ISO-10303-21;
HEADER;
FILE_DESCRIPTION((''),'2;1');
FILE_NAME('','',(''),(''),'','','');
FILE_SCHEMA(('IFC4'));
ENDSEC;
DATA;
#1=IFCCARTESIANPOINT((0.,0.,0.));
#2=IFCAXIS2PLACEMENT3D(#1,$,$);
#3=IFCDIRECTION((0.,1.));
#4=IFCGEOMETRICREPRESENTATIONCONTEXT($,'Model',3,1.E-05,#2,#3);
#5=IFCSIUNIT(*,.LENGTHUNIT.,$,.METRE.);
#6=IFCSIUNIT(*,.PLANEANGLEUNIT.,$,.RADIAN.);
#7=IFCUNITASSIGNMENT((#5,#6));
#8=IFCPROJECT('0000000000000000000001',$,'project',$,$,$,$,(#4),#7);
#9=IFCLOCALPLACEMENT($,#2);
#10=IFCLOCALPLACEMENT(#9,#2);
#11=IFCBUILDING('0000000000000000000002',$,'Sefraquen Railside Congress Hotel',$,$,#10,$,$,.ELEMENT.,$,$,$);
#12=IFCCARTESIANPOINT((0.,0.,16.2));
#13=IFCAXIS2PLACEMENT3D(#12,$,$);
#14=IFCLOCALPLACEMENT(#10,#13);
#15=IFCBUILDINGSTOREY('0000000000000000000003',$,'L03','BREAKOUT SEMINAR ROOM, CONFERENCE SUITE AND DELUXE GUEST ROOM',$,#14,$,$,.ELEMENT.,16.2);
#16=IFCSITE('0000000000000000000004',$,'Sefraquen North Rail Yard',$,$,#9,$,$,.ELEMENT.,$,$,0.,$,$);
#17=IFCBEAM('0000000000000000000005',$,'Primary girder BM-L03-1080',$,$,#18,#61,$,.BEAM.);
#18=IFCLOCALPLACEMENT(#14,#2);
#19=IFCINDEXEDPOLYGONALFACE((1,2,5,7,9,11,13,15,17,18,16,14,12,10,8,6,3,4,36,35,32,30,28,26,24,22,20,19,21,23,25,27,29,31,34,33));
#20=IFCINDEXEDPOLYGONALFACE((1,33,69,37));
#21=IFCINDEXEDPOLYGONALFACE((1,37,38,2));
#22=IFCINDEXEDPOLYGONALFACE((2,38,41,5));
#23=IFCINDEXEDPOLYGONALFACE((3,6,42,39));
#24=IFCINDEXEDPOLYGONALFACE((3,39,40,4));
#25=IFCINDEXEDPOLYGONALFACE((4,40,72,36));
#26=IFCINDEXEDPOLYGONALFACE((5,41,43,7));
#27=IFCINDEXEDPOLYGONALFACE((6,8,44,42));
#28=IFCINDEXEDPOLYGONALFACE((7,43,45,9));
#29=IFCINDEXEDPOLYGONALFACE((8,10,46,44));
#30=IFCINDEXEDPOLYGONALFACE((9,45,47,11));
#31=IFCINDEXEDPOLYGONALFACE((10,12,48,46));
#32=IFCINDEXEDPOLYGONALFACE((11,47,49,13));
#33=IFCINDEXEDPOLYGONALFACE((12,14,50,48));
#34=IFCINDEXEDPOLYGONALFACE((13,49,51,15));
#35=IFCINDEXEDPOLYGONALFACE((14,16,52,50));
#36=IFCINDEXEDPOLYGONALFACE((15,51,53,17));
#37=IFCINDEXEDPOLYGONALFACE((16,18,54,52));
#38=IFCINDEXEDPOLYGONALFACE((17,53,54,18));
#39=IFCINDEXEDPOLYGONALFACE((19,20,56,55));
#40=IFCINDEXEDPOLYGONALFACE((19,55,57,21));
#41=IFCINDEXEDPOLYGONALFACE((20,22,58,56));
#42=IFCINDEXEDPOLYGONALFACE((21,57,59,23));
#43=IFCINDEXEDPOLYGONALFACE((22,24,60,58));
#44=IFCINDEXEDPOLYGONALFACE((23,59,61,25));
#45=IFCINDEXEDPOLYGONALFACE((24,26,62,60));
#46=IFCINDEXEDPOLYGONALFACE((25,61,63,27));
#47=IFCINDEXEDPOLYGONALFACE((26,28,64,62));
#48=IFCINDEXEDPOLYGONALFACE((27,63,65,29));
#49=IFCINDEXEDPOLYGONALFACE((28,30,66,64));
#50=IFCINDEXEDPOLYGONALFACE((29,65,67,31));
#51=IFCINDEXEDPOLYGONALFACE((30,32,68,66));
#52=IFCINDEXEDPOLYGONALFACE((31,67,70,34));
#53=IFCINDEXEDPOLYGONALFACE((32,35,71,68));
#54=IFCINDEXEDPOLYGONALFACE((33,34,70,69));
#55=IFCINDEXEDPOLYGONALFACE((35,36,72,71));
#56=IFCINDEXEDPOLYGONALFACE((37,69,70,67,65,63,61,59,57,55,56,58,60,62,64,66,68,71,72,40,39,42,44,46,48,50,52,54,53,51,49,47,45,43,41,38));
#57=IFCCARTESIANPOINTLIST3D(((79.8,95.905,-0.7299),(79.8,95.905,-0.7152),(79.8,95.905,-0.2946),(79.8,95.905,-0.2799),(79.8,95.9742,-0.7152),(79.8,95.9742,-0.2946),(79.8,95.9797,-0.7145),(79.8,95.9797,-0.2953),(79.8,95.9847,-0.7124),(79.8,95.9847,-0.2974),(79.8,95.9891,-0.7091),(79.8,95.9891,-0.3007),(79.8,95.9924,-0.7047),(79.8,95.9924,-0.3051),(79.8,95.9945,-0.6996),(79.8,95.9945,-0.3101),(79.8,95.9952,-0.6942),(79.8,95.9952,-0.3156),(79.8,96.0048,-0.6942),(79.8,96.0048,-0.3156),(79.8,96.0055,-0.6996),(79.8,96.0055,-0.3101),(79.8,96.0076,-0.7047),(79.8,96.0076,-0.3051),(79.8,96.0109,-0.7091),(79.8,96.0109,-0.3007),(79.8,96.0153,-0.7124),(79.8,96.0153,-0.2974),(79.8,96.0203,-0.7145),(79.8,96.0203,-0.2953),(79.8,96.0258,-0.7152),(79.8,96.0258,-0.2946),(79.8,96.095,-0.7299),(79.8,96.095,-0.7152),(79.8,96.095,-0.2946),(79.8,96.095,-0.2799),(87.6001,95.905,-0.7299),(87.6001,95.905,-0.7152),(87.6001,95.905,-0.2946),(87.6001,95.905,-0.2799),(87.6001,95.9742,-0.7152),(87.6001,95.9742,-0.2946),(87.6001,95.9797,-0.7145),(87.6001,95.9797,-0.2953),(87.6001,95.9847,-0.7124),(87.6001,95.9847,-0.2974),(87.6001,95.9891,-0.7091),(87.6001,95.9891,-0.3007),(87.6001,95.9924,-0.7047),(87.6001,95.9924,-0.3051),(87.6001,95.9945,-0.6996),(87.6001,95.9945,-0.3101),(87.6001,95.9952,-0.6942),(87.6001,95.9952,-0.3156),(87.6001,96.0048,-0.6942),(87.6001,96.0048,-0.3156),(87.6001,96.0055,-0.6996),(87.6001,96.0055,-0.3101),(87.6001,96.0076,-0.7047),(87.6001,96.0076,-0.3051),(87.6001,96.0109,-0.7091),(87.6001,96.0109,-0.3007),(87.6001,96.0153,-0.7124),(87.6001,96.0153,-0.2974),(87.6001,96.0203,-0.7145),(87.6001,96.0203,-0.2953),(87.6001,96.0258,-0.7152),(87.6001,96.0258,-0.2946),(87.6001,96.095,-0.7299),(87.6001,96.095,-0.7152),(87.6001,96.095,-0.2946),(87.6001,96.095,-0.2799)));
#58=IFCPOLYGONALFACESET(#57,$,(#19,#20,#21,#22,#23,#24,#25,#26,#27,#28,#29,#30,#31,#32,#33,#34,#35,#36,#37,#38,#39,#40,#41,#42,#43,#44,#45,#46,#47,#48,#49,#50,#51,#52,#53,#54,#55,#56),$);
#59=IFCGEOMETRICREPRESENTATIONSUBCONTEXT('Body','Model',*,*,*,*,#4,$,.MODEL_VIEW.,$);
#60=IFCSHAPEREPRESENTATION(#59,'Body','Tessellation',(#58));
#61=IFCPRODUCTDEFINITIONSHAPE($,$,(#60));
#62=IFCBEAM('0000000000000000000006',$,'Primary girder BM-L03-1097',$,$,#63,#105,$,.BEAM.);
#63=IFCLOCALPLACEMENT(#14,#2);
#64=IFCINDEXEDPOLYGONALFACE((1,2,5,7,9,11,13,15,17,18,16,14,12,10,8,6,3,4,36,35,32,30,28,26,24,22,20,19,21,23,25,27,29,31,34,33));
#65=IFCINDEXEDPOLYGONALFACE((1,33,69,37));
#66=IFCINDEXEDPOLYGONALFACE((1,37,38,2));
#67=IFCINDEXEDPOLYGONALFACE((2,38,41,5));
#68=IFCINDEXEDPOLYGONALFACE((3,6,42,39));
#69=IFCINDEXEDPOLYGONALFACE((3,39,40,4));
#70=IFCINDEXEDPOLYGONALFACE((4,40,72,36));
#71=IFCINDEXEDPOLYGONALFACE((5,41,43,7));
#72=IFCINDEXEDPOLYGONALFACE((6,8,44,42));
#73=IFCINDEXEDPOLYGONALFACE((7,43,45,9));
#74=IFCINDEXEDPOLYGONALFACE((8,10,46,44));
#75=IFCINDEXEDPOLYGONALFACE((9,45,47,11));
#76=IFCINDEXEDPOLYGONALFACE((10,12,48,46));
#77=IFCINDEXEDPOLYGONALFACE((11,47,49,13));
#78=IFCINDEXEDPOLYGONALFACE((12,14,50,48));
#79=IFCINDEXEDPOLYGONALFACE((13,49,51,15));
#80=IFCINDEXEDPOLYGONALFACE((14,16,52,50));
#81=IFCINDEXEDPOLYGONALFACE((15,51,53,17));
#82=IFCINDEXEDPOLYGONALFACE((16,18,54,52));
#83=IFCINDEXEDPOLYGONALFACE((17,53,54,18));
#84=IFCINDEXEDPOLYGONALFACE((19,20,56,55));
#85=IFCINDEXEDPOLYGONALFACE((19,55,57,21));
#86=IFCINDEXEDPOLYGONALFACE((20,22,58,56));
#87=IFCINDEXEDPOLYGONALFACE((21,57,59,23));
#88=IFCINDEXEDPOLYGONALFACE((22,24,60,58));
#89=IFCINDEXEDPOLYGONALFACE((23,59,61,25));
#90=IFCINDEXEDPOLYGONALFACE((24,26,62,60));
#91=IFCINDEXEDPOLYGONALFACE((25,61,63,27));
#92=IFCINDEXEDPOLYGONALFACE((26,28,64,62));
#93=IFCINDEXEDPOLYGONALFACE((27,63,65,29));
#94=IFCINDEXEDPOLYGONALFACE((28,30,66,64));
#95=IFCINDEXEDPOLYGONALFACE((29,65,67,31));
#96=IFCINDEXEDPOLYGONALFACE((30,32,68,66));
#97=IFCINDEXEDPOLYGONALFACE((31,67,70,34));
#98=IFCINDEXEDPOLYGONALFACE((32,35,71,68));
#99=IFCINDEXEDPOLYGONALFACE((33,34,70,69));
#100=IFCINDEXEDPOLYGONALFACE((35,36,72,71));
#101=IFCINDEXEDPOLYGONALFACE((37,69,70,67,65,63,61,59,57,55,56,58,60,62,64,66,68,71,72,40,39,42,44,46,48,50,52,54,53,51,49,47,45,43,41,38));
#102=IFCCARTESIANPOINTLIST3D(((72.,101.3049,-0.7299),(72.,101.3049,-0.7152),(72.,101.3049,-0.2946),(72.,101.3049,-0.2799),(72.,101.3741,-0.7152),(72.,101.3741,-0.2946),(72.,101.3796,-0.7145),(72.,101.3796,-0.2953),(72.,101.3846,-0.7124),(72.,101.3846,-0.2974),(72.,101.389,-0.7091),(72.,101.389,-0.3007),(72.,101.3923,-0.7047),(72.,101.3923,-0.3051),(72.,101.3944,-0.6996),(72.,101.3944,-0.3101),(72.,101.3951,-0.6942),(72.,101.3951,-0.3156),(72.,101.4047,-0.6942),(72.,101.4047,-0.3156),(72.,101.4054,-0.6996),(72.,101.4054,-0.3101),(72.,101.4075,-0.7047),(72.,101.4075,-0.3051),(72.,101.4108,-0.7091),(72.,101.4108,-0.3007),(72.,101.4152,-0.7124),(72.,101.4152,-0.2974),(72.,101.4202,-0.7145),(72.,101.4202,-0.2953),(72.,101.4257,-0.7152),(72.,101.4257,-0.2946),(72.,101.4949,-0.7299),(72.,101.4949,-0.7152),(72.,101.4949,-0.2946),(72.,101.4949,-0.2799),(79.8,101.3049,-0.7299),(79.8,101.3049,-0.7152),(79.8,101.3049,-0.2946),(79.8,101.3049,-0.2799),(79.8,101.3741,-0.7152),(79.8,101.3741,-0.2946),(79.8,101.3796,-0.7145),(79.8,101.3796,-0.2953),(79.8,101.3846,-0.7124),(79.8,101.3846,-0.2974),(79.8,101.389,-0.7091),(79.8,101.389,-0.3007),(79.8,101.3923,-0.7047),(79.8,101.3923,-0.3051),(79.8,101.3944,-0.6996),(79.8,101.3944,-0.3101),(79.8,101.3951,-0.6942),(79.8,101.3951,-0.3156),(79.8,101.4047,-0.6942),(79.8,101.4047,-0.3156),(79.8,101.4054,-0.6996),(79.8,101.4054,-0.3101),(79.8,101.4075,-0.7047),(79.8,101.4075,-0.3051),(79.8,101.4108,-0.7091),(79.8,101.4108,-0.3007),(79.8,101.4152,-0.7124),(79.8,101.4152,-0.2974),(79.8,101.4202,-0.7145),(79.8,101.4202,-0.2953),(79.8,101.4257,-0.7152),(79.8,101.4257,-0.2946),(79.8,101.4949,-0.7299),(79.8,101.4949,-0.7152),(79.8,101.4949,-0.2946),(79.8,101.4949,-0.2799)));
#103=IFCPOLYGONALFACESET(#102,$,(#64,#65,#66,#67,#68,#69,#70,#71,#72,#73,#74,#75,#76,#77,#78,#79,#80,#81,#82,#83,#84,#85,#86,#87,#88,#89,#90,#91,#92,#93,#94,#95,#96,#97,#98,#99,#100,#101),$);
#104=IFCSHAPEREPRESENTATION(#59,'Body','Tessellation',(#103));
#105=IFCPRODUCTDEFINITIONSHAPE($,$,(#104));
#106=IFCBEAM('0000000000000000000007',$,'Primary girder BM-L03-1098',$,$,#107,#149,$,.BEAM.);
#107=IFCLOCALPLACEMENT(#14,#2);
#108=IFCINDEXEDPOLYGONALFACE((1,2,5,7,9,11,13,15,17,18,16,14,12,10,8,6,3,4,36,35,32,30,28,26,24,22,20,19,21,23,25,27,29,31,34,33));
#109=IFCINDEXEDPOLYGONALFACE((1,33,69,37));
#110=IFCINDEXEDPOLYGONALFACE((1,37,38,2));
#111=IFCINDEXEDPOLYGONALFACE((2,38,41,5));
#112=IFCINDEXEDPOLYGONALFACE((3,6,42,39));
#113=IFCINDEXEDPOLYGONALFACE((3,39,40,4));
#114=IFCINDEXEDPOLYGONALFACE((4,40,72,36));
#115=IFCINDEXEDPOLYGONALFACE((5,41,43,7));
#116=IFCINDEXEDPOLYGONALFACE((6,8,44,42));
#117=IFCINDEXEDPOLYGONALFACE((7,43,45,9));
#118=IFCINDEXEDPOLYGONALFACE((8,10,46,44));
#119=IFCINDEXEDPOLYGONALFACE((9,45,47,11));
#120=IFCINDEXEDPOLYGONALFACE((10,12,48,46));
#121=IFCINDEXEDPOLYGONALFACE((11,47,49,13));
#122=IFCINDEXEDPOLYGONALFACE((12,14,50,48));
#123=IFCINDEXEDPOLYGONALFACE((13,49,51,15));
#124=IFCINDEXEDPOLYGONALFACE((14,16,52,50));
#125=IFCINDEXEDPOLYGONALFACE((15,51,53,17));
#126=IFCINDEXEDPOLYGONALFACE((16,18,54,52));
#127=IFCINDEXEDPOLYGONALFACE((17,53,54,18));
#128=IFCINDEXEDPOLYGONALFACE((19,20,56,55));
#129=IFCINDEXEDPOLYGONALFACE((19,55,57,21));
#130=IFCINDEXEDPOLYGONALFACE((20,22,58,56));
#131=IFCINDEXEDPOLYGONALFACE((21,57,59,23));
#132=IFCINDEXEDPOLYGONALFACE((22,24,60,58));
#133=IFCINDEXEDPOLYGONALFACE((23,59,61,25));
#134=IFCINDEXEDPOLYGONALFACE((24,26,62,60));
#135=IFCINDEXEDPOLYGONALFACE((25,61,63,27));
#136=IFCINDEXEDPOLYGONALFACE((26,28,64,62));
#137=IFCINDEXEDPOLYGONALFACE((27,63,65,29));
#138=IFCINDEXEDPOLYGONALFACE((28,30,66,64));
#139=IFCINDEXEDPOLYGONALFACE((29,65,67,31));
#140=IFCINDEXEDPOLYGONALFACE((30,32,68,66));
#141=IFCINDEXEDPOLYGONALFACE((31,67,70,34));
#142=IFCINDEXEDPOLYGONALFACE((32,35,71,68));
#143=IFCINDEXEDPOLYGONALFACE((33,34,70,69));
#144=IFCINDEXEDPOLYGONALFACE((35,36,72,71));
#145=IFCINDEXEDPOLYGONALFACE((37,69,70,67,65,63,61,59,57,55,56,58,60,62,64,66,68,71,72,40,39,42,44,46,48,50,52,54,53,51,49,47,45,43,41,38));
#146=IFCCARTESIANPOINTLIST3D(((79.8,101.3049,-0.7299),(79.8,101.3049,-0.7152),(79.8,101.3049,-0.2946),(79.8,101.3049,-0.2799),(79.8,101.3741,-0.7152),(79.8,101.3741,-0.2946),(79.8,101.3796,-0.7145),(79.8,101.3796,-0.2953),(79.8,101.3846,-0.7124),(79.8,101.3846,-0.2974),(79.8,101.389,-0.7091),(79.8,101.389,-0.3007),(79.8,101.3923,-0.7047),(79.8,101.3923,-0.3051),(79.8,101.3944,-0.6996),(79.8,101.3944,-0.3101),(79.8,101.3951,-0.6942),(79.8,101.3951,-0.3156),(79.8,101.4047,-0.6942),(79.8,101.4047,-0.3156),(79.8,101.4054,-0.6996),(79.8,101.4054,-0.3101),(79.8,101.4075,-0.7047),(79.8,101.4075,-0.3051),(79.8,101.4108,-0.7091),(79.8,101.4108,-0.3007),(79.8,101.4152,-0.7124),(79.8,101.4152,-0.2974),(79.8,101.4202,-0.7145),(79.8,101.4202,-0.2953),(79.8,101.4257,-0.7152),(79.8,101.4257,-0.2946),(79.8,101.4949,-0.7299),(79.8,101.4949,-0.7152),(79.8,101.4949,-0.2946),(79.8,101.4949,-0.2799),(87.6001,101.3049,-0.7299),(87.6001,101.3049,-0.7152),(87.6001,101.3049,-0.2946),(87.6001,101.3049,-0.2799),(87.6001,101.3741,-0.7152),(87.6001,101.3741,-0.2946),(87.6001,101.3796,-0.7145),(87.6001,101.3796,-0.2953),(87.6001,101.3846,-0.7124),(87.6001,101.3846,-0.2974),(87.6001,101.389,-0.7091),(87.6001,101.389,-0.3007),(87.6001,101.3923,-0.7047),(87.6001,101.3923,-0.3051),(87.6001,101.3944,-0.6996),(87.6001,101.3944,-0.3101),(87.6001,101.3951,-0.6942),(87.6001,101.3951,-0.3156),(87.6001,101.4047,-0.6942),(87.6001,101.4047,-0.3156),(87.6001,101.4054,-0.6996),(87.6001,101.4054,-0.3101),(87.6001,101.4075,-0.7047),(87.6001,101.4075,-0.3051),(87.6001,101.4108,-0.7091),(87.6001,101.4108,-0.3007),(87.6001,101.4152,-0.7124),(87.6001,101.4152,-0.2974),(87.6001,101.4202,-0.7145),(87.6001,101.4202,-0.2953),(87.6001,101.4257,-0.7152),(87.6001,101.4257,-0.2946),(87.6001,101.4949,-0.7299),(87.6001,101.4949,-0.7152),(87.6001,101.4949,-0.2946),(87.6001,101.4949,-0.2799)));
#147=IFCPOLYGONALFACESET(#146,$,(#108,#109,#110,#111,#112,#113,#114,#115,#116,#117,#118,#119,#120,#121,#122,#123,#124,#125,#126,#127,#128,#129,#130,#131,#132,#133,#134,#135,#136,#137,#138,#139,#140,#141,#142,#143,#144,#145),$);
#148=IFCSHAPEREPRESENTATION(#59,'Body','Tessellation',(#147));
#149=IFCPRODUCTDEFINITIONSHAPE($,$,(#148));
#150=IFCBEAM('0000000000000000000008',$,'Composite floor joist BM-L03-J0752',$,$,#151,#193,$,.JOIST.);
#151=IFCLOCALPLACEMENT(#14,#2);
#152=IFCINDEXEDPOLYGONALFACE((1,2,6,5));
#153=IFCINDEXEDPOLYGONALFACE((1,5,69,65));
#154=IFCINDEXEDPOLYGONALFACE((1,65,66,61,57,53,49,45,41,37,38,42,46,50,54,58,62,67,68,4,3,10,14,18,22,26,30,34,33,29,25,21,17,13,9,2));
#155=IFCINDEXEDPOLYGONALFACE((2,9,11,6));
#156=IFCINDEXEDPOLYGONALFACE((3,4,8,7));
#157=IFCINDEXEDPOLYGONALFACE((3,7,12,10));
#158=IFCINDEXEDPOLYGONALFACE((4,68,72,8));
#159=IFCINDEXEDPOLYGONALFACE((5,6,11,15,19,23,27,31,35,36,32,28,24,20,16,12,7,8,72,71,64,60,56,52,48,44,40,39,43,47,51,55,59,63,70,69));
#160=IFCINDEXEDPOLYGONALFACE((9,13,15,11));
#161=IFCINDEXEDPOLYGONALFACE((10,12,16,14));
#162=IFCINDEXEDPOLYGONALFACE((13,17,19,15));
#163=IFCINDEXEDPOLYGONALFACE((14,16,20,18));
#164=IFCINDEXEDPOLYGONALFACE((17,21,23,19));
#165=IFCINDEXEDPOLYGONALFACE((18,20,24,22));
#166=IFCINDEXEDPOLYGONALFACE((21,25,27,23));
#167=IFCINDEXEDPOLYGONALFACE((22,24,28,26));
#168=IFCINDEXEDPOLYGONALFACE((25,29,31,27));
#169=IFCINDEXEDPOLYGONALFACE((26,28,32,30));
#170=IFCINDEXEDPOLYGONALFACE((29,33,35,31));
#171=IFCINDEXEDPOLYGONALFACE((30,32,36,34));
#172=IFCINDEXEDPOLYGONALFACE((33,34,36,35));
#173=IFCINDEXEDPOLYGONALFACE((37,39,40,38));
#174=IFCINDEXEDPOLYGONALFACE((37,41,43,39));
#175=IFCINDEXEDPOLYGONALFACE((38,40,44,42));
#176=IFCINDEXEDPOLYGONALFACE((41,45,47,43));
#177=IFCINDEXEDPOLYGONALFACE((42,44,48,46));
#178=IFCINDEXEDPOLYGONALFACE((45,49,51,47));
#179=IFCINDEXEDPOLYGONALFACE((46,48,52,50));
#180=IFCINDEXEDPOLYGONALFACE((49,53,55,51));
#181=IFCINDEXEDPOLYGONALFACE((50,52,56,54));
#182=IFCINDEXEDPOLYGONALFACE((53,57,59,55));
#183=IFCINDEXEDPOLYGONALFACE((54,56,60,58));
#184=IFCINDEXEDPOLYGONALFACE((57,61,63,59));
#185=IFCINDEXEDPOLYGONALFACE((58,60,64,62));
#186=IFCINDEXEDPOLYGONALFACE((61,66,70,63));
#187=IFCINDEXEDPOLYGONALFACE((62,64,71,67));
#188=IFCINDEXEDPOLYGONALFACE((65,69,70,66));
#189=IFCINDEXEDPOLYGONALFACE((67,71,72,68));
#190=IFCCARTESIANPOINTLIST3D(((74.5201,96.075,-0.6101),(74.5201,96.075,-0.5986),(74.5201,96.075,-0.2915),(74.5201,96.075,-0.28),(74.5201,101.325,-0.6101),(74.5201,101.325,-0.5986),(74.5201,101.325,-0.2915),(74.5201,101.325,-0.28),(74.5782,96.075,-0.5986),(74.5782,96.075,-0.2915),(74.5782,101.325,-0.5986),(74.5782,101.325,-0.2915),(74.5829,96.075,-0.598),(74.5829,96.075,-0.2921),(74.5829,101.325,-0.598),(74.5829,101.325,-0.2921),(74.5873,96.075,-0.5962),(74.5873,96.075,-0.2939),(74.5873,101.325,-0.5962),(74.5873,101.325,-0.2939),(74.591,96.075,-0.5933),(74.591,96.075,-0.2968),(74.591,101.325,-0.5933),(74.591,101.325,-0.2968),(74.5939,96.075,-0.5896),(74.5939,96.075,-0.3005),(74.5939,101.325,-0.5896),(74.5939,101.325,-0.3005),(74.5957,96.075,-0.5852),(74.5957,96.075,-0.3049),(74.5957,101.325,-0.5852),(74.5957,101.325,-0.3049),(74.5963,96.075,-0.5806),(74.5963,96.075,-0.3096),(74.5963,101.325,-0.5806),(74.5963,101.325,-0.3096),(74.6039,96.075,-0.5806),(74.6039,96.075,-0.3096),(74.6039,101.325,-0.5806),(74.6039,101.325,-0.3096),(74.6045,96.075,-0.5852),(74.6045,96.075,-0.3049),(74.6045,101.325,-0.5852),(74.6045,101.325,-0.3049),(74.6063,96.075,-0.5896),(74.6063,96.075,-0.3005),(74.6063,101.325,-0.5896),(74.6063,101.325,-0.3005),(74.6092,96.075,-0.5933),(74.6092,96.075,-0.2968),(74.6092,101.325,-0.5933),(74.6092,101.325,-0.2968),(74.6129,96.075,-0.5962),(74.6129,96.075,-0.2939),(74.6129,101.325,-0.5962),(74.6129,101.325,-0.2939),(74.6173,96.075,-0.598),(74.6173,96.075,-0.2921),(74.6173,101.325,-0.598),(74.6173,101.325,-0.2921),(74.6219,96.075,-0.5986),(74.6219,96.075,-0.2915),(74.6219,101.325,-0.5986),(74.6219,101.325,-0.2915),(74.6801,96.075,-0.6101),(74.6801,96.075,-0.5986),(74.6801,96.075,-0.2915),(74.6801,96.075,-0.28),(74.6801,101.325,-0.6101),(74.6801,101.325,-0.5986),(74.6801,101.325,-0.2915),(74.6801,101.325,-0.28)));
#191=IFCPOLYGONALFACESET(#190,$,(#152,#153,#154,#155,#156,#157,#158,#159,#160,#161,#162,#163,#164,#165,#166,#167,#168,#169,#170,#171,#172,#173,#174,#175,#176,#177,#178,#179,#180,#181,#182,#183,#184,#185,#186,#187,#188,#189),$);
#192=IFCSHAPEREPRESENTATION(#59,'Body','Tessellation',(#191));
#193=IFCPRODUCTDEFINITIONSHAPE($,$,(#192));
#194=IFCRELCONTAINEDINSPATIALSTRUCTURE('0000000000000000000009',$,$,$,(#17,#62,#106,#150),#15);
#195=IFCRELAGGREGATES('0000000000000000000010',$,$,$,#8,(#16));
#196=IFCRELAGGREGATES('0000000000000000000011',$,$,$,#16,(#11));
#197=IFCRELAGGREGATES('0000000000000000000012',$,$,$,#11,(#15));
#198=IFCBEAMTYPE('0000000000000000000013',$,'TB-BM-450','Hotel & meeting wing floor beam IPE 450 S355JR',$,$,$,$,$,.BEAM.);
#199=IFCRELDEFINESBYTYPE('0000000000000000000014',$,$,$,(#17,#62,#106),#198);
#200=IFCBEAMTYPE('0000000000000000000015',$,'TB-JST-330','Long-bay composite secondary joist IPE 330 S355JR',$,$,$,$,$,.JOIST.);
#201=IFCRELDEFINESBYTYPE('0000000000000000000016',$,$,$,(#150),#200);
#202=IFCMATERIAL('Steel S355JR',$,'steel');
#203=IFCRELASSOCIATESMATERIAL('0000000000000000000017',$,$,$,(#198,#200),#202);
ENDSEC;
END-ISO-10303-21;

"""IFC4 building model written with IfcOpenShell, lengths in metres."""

from ifc_helpers import new_model, si_unit, direction, frame, origin, origin_2d, place, context, subcontext, project, spatial, i_section, extrude, material, material_profile, profile_set, type_object, element, save


model = new_model("IFC4")

# Units and contexts
model_context = context("Model", 3, precision=1e-05, world=origin(), true_north=direction((0.0, 1.0)))
body_context = subcontext(model_context, "Body", "Model", "MODEL_VIEW")
ifc_project = project(units=[si_unit("LENGTHUNIT", "METRE"), si_unit("PLANEANGLEUNIT", "RADIAN")], contexts=[model_context])

# Site, building, storey
site_placement = place(None, origin())
site = spatial("IfcSite", under=ifc_project, at=site_placement, Name="Sefraquen North Rail Yard", CompositionType="ELEMENT", RefElevation=0.0)
building_placement = place(site_placement, origin())
building = spatial("IfcBuilding", under=site, at=building_placement, Name="Sefraquen Railside Congress Hotel", CompositionType="ELEMENT")
storey_placement = place(building_placement, frame((0.0, 0.0, 16.2)))
storey = spatial("IfcBuildingStorey", under=building, at=storey_placement, Name="L03", Description="BREAKOUT SEMINAR ROOM, CONFERENCE SUITE AND DELUXE GUEST ROOM", CompositionType="ELEMENT", Elevation=16.2)

# Shared definitions
ifc_material_1 = material(Name="Steel S355JR", Category="steel")

# Beams
ifc_material_profile_1 = material_profile(ifc_material_1, i_section(OverallWidth=0.1899, OverallDepth=0.45, WebThickness=0.0095, FlangeThickness=0.0146, FilletRadius=0.021, at=origin_2d()), Name="IPE 450")
ifc_profile_set_1 = profile_set([ifc_material_profile_1], Name="Steel S355JR")
beam_type_1 = type_object("IfcBeamType", Name="TB-BM-450", Description="Hotel & meeting wing floor beam IPE 450 S355JR", PredefinedType="BEAM", material=ifc_profile_set_1)
for number, where, z_axis, x_axis, name in (
    (1, (79.8, 96.0, -0.5049), (1.0, 0.0, 0.0), (0.0, 1.0, 0.0), "Primary girder BM-L03-1080"),
    (2, (72.0, 101.3999, -0.5049), (1.0, 0.0, 0.0), (0.0, 1.0, 0.0), "Primary girder BM-L03-1097"),
    (3, (79.8, 101.3999, -0.5049), (1.0, 0.0, 0.0), (0.0, 1.0, 0.0), "Primary girder BM-L03-1098"),
):
    element("IfcBeam", number, at=place(storey_placement, frame(where, z_axis=z_axis, x_axis=x_axis)), inside=storey, type_object=beam_type_1, Name=name, PredefinedType="BEAM", context=body_context, shape_type="SweptSolid", body=[
        extrude(i_section(OverallWidth=0.1899, OverallDepth=0.45, WebThickness=0.0095, FlangeThickness=0.0146, FilletRadius=0.021, at=origin_2d()), origin(), (0.0, 0.0, 1.0), 7.8),
    ])
ifc_material_profile_2 = material_profile(ifc_material_1, i_section(OverallWidth=0.1599, OverallDepth=0.3301, WebThickness=0.0076, FlangeThickness=0.0115, FilletRadius=0.0181, at=origin_2d()), Name="IPE 330")
ifc_profile_set_2 = profile_set([ifc_material_profile_2], Name="Steel S355JR")
beam_type_2 = type_object("IfcBeamType", Name="TB-JST-330", Description="Long-bay composite secondary joist IPE 330 S355JR", PredefinedType="JOIST", material=ifc_profile_set_2)
for number, where, z_axis, x_axis, name in (
    (4, (74.6001, 96.075, -0.4451), (0.0, 1.0, 0.0), (-1.0, 0.0, 0.0), "Composite floor joist BM-L03-J0752"),
):
    element("IfcBeam", number, at=place(storey_placement, frame(where, z_axis=z_axis, x_axis=x_axis)), inside=storey, type_object=beam_type_2, Name=name, PredefinedType="JOIST", context=body_context, shape_type="SweptSolid", body=[
        extrude(i_section(OverallWidth=0.1599, OverallDepth=0.3301, WebThickness=0.0076, FlangeThickness=0.0115, FilletRadius=0.0181, at=origin_2d()), origin(), (0.0, 0.0, 1.0), 5.25),
    ])

save(model, "model.ifc")
